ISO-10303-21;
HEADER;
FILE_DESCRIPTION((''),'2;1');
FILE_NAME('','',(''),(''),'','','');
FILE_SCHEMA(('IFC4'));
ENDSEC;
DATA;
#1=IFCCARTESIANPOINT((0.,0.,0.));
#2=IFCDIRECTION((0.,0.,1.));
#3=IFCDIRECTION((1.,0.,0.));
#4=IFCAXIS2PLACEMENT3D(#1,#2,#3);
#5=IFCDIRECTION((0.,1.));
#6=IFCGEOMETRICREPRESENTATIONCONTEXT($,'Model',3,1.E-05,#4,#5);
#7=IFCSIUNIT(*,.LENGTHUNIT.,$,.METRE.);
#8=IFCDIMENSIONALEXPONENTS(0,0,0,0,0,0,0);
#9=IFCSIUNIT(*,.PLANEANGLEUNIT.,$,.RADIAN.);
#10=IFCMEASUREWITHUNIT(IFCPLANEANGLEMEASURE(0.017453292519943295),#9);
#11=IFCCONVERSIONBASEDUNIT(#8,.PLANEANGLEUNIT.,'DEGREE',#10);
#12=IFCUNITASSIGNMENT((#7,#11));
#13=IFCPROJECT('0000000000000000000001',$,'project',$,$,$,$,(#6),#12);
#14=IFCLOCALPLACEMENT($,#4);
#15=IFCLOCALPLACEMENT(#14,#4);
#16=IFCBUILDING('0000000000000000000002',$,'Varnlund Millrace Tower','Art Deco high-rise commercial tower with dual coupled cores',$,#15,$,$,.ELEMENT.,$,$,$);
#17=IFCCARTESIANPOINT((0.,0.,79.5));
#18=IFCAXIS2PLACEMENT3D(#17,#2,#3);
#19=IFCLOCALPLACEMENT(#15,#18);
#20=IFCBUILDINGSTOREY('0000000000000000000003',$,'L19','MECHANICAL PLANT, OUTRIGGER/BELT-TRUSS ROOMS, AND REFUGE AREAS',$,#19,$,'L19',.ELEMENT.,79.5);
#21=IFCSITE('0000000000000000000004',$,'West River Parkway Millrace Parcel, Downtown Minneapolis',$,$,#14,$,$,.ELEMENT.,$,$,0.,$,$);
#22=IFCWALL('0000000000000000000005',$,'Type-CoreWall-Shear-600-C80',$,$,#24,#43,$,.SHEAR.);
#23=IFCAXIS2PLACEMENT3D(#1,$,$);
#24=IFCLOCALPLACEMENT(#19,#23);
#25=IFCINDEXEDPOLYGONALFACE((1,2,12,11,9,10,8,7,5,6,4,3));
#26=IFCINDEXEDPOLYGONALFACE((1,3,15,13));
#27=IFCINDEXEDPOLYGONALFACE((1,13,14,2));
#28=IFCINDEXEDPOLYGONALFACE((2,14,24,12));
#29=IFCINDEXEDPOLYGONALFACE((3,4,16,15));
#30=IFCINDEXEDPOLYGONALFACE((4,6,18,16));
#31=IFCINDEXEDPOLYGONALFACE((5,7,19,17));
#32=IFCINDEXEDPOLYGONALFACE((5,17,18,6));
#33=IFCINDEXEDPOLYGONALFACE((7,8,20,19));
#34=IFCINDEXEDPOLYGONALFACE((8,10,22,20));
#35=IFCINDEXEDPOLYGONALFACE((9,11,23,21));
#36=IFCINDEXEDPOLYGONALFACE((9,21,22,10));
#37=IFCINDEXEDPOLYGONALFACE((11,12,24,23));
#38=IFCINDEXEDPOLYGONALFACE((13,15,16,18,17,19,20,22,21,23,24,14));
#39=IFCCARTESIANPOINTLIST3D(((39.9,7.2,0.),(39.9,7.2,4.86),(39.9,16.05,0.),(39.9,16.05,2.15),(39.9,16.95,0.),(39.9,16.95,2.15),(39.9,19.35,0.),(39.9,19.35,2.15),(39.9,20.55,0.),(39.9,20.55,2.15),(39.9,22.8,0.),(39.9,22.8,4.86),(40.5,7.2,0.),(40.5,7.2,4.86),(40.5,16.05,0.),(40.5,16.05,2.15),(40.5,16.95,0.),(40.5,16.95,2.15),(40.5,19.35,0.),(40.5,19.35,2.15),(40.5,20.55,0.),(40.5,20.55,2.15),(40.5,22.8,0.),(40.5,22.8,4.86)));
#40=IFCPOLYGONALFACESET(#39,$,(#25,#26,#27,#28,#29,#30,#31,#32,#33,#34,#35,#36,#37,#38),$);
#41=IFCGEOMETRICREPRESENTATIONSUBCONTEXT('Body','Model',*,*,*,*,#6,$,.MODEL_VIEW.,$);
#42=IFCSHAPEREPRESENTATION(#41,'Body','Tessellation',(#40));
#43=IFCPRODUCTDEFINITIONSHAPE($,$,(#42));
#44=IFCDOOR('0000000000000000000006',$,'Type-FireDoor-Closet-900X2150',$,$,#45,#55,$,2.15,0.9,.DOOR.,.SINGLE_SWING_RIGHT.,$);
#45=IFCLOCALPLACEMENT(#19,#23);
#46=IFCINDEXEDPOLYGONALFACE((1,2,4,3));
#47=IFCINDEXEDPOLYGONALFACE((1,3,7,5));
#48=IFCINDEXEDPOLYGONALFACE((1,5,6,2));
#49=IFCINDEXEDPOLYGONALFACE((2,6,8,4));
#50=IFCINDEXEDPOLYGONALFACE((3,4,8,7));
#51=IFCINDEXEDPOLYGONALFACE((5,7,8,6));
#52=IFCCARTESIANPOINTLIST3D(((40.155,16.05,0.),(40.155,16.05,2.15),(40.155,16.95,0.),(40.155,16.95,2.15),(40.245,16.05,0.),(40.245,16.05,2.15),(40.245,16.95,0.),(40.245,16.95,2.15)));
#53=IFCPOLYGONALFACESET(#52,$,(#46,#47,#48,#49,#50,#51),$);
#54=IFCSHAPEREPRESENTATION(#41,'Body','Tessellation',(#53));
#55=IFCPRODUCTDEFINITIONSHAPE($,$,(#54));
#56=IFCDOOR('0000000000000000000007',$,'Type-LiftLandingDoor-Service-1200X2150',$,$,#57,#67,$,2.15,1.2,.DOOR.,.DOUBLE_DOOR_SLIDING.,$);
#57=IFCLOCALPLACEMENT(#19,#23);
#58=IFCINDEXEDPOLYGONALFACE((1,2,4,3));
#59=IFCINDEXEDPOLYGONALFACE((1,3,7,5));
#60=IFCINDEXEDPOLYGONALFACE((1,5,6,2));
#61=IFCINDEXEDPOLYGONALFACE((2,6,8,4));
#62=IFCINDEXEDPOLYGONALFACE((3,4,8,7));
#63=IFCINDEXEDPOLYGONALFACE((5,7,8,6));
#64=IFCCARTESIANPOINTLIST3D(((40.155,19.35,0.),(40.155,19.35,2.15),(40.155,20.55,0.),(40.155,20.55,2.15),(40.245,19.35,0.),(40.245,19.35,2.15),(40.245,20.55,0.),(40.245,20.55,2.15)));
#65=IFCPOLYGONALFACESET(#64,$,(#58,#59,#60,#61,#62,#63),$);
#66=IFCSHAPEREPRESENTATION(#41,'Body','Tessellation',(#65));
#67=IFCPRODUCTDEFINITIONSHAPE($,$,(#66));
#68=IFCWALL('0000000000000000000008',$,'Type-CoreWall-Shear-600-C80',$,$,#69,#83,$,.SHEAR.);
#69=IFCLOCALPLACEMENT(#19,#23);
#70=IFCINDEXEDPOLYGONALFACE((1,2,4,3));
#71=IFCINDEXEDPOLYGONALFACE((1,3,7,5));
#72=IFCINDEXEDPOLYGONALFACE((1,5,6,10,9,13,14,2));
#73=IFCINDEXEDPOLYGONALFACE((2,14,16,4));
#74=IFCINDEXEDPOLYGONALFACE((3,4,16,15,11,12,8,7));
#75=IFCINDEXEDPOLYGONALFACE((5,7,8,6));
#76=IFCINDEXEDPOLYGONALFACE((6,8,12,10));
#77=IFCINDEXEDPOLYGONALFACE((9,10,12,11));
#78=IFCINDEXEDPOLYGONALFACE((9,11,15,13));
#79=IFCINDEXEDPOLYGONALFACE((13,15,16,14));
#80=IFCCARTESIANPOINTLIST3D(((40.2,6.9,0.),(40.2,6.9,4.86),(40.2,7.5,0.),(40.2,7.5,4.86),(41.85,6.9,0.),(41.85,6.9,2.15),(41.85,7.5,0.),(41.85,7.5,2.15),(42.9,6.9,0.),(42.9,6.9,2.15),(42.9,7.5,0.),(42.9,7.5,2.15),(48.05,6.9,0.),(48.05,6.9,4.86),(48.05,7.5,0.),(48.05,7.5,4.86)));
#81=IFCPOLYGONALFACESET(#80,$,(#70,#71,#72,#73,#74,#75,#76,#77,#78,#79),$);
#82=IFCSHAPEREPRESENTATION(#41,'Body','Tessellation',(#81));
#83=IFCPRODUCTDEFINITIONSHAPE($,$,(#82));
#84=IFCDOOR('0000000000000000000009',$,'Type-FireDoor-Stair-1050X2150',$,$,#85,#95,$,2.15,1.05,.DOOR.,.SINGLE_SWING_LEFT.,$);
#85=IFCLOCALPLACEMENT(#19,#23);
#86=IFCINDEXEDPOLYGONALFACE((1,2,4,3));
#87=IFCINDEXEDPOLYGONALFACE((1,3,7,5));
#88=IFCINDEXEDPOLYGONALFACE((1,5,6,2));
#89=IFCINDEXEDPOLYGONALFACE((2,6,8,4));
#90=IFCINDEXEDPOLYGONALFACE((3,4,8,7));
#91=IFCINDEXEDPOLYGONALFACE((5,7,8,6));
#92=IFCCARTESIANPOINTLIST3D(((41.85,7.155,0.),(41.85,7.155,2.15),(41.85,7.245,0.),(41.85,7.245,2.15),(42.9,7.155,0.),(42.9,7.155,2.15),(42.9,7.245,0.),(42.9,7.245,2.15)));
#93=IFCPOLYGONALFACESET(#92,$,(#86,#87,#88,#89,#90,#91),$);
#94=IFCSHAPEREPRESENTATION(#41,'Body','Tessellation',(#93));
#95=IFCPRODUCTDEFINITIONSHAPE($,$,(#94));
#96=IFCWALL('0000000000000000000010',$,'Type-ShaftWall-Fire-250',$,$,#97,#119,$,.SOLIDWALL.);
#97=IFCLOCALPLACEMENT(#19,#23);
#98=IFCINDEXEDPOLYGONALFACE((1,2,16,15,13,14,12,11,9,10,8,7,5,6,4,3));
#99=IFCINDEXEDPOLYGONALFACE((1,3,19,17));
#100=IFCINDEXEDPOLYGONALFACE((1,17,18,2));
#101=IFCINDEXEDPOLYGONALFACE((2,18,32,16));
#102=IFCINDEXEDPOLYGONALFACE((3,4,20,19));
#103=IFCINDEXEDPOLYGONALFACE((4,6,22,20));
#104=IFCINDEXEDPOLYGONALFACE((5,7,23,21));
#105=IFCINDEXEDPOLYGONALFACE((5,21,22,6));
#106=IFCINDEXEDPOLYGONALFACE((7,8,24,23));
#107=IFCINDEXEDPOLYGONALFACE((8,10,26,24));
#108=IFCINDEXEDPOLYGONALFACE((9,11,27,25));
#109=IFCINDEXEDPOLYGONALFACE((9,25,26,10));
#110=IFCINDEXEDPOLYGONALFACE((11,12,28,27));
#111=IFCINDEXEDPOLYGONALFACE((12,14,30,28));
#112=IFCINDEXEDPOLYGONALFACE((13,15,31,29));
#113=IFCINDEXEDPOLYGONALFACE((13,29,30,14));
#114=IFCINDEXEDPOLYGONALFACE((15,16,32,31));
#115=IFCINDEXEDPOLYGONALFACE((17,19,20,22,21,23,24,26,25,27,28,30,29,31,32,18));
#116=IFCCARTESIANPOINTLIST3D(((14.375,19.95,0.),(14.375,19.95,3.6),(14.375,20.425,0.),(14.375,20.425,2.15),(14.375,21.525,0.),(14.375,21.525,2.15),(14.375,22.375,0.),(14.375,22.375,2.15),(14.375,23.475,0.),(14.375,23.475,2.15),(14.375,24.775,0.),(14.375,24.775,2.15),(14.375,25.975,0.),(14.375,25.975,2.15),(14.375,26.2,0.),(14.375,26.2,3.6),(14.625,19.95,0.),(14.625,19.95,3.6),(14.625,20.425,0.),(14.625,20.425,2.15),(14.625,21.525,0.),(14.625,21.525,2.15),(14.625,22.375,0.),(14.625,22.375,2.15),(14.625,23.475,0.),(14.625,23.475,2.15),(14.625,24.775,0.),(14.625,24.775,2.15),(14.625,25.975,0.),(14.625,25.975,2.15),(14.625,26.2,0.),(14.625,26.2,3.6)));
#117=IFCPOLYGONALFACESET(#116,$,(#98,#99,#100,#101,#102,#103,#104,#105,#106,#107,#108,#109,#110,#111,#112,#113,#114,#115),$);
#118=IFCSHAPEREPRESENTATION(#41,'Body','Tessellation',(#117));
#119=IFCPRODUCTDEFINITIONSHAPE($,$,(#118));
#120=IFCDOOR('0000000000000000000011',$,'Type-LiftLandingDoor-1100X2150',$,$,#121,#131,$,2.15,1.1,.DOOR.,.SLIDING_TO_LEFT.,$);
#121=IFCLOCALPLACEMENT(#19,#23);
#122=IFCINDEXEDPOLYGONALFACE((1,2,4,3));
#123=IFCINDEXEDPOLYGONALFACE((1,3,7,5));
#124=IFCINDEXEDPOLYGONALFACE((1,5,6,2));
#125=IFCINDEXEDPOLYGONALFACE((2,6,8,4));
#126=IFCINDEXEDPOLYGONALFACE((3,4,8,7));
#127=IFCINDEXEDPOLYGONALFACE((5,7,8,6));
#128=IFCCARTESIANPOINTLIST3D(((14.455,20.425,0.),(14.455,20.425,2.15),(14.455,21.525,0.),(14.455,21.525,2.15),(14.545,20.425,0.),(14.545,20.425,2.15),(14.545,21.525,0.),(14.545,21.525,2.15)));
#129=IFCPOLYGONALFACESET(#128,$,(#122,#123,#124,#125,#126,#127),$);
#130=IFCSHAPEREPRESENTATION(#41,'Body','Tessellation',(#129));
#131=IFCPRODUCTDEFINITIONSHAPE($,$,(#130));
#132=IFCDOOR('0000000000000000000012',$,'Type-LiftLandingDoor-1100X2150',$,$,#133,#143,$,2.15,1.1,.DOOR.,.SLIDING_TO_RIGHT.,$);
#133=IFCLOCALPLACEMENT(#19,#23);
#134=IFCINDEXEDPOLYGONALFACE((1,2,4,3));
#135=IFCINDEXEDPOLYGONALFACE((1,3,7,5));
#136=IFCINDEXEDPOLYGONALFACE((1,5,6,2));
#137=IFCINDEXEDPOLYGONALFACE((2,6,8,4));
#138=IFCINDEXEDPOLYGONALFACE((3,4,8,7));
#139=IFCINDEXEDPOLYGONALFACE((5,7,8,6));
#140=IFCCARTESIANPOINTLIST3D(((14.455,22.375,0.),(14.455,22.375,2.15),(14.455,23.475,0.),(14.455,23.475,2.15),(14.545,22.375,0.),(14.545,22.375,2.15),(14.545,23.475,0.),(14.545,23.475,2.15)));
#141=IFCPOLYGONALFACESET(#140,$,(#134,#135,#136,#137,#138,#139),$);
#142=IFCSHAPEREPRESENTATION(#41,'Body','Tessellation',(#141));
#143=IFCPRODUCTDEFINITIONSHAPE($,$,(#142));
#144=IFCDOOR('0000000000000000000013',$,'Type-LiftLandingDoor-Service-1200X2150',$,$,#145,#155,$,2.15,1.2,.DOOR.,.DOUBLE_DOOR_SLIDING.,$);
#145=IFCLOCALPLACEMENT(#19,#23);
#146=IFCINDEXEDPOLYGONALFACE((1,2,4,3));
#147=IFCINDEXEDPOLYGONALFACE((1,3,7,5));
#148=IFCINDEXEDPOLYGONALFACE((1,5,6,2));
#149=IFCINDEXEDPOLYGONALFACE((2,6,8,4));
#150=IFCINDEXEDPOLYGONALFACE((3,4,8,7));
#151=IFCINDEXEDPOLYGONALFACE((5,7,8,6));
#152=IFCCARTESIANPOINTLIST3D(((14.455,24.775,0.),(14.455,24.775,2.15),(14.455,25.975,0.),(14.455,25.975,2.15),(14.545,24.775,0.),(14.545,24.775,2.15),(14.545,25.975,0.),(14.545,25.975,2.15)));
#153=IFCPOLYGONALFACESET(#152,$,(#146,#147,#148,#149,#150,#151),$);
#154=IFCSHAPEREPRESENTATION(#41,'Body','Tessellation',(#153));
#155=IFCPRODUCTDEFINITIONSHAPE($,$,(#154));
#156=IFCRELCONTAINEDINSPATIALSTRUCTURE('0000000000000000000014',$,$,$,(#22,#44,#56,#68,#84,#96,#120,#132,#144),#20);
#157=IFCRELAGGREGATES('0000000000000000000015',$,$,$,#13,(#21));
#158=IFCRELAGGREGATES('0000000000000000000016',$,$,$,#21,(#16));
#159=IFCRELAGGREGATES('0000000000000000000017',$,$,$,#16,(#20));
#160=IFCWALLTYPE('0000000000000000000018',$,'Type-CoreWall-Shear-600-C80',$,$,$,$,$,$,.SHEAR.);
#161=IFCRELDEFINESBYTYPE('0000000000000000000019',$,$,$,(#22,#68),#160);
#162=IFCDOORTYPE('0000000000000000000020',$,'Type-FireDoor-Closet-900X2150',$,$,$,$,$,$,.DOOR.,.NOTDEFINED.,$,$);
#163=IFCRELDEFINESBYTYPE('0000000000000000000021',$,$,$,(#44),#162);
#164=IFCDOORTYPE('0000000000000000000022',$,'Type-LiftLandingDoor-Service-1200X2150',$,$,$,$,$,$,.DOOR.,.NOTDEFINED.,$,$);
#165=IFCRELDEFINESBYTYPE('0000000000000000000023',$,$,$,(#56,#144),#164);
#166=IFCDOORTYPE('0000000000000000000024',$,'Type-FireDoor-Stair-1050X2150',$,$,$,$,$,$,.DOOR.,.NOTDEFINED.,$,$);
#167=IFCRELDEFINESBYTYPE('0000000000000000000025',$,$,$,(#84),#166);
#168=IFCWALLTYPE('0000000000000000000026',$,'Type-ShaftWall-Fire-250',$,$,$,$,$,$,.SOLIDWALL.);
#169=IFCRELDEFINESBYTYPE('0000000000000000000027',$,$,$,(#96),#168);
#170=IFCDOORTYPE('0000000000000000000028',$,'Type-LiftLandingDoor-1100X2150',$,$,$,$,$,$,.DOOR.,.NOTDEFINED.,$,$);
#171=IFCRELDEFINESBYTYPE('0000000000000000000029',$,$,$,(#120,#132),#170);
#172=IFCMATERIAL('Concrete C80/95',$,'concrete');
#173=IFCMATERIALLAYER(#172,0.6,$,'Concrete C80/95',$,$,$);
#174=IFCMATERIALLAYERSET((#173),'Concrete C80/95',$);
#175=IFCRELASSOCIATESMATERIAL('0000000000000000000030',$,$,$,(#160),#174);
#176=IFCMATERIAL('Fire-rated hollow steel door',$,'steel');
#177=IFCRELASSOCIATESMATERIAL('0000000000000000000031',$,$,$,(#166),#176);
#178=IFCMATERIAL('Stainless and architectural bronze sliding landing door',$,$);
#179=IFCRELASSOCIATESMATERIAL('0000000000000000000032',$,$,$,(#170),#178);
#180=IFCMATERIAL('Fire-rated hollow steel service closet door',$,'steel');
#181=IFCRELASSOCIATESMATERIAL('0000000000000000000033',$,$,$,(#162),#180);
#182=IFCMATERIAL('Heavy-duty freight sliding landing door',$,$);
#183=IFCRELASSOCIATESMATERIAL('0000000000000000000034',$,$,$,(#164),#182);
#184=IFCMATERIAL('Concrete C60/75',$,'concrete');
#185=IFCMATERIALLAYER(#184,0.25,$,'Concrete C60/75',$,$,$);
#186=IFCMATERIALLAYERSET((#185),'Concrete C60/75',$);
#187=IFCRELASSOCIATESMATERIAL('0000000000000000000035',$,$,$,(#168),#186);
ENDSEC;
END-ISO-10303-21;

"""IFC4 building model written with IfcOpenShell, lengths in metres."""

from ifc_helpers import new_model, entity, si_unit, converted_unit, direction, frame, origin_with_axes, origin_2d_with_axis, place, context, subcontext, project, spatial, polyline, rectangle, outline, extrude, material, layer, layer_set, type_object, element, fill, save


model = new_model("IFC4")

# Units and contexts
model_context = context("Model", 3, precision=1e-05, world=origin_with_axes(), true_north=direction((0.0, 1.0)))
body_context = subcontext(model_context, "Body", "Model", "MODEL_VIEW")
ifc_project = project(units=[si_unit("LENGTHUNIT", "METRE"), converted_unit("PLANEANGLEUNIT", "DEGREE", entity("IfcPlaneAngleMeasure", 0.017453292519943295), si_unit("PLANEANGLEUNIT", "RADIAN"), dimensions=[0, 0, 0, 0, 0, 0, 0])], contexts=[model_context])

# Site, building, storey
site_placement = place(None, origin_with_axes())
site = spatial("IfcSite", under=ifc_project, at=site_placement, Name="West River Parkway Millrace Parcel, Downtown Minneapolis", CompositionType="ELEMENT", RefElevation=0.0)
building_placement = place(site_placement, origin_with_axes())
building = spatial("IfcBuilding", under=site, at=building_placement, Name="Varnlund Millrace Tower", Description="Art Deco high-rise commercial tower with dual coupled cores", CompositionType="ELEMENT")
storey_placement = place(building_placement, frame((0.0, 0.0, 79.5), z_axis=(0.0, 0.0, 1.0), x_axis=(1.0, 0.0, 0.0)))
storey = spatial("IfcBuildingStorey", under=building, at=storey_placement, Name="L19", Description="MECHANICAL PLANT, OUTRIGGER/BELT-TRUSS ROOMS, AND REFUGE AREAS", LongName="L19", CompositionType="ELEMENT", Elevation=79.5)

# Shared definitions
ifc_material_1 = material(Name="Concrete C80/95", Category="concrete")
ifc_layer_1 = layer(ifc_material_1, 0.6, Name="Concrete C80/95")
ifc_layer_set_1 = layer_set([ifc_layer_1], Name="Concrete C80/95")
wall_type_1 = type_object("IfcWallType", Name="Type-CoreWall-Shear-600-C80", PredefinedType="SHEAR", material=ifc_layer_set_1)

# Shared definitions
ifc_material_2 = material(Name="Fire-rated hollow steel door", Category="steel")
door_type_1 = type_object("IfcDoorType", Name="Type-FireDoor-Stair-1050X2150", OperationType="NOTDEFINED", PredefinedType="DOOR", material=ifc_material_2)

# Wall, openings, doors
ifc_material_3 = material(Name="Stainless and architectural bronze sliding landing door")
door_type_2 = type_object("IfcDoorType", Name="Type-LiftLandingDoor-1100X2150", OperationType="NOTDEFINED", PredefinedType="DOOR", material=ifc_material_3)
wall_1_placement = place(storey_placement, frame((40.2, 7.2, 0.0), z_axis=(0.0, 0.0, 1.0), x_axis=(0.0, 1.0, 0.0)))
wall_1 = element("IfcWall", 1, at=wall_1_placement, inside=storey, type_object=wall_type_1, Name="Type-CoreWall-Shear-600-C80", PredefinedType="SHEAR", context=body_context, shape_type="SweptSolid", body=[
    extrude(outline(polyline([(0.0, -0.3), (15.6, -0.3), (15.6, 0.3), (0.0, 0.3), (0.0, -0.3)])), origin_with_axes(), (0.0, 0.0, 1.0), 4.86),
])
opening_1_placement = place(wall_1_placement, frame((12.75, 0.0, 0.0), z_axis=(0.0, 0.0, 1.0), x_axis=(1.0, 0.0, 0.0)))
opening_1 = element("IfcOpeningElement", 2, at=opening_1_placement, cuts=wall_1, PredefinedType="OPENING", context=body_context, shape_type="SweptSolid", body=[
    extrude(rectangle(XDim=1.2, YDim=0.62, at=origin_2d_with_axis()), origin_with_axes(), (0.0, 0.0, 1.0), 2.15),
])
opening_2_placement = place(wall_1_placement, frame((9.3, 0.0, 0.0), z_axis=(0.0, 0.0, 1.0), x_axis=(1.0, 0.0, 0.0)))
opening_2 = element("IfcOpeningElement", 3, at=opening_2_placement, cuts=wall_1, PredefinedType="OPENING", context=body_context, shape_type="SweptSolid", body=[
    extrude(rectangle(XDim=0.9, YDim=0.62, at=origin_2d_with_axis()), origin_with_axes(), (0.0, 0.0, 1.0), 2.15),
])
ifc_material_4 = material(Name="Fire-rated hollow steel service closet door", Category="steel")
door_type_3 = type_object("IfcDoorType", Name="Type-FireDoor-Closet-900X2150", OperationType="NOTDEFINED", PredefinedType="DOOR", material=ifc_material_4)
door_1_placement = place(wall_1_placement, frame((9.3, 0.0, 0.0), z_axis=(0.0, 0.0, 1.0), x_axis=(1.0, 0.0, 0.0)))
door_1 = element("IfcDoor", 4, at=door_1_placement, inside=storey, type_object=door_type_3, Name="Type-FireDoor-Closet-900X2150", OperationType="SINGLE_SWING_RIGHT", OverallHeight=2.15, OverallWidth=0.9, PredefinedType="DOOR", context=body_context, shape_type="SweptSolid", body=[
    extrude(rectangle(XDim=0.9, YDim=0.09, at=origin_2d_with_axis()), origin_with_axes(), (0.0, 0.0, 1.0), 2.15),
])
fill(opening_2, door_1)
ifc_material_5 = material(Name="Heavy-duty freight sliding landing door")
door_type_4 = type_object("IfcDoorType", Name="Type-LiftLandingDoor-Service-1200X2150", OperationType="NOTDEFINED", PredefinedType="DOOR", material=ifc_material_5)
door_2_placement = place(wall_1_placement, frame((12.75, 0.0, 0.0), z_axis=(0.0, 0.0, 1.0), x_axis=(1.0, 0.0, 0.0)))
door_2 = element("IfcDoor", 5, at=door_2_placement, inside=storey, type_object=door_type_4, Name="Type-LiftLandingDoor-Service-1200X2150", OperationType="DOUBLE_DOOR_SLIDING", OverallHeight=2.15, OverallWidth=1.2, PredefinedType="DOOR", context=body_context, shape_type="SweptSolid", body=[
    extrude(rectangle(XDim=1.2, YDim=0.09, at=origin_2d_with_axis()), origin_with_axes(), (0.0, 0.0, 1.0), 2.15),
])
fill(opening_1, door_2)

# Wall, opening, door
wall_2_placement = place(storey_placement, frame((40.2, 7.2, 0.0), z_axis=(0.0, 0.0, 1.0), x_axis=(1.0, 0.0, 0.0)))
wall_2 = element("IfcWall", 6, at=wall_2_placement, inside=storey, type_object=wall_type_1, Name="Type-CoreWall-Shear-600-C80", PredefinedType="SHEAR", context=body_context, shape_type="SweptSolid", body=[
    extrude(outline(polyline([(0.0, -0.3), (7.85, -0.3), (7.85, 0.3), (0.0, 0.3), (0.0, -0.3)])), origin_with_axes(), (0.0, 0.0, 1.0), 4.86),
])
opening_3_placement = place(wall_2_placement, frame((2.175, 0.0, 0.0), z_axis=(0.0, 0.0, 1.0), x_axis=(1.0, 0.0, 0.0)))
opening_3 = element("IfcOpeningElement", 7, at=opening_3_placement, cuts=wall_2, PredefinedType="OPENING", context=body_context, shape_type="SweptSolid", body=[
    extrude(rectangle(XDim=1.05, YDim=0.62, at=origin_2d_with_axis()), origin_with_axes(), (0.0, 0.0, 1.0), 2.15),
])
door_3_placement = place(wall_2_placement, frame((2.175, 0.0, 0.0), z_axis=(0.0, 0.0, 1.0), x_axis=(1.0, 0.0, 0.0)))
door_3 = element("IfcDoor", 8, at=door_3_placement, inside=storey, type_object=door_type_1, Name="Type-FireDoor-Stair-1050X2150", OperationType="SINGLE_SWING_LEFT", OverallHeight=2.15, OverallWidth=1.05, PredefinedType="DOOR", context=body_context, shape_type="SweptSolid", body=[
    extrude(rectangle(XDim=1.05, YDim=0.09, at=origin_2d_with_axis()), origin_with_axes(), (0.0, 0.0, 1.0), 2.15),
])
fill(opening_3, door_3)

# Wall, openings, doors
ifc_material_6 = material(Name="Concrete C60/75", Category="concrete")
ifc_layer_2 = layer(ifc_material_6, 0.25, Name="Concrete C60/75")
ifc_layer_set_2 = layer_set([ifc_layer_2], Name="Concrete C60/75")
wall_type_2 = type_object("IfcWallType", Name="Type-ShaftWall-Fire-250", PredefinedType="SOLIDWALL", material=ifc_layer_set_2)
wall_3_placement = place(storey_placement, frame((14.5, 19.95, 0.0), z_axis=(0.0, 0.0, 1.0), x_axis=(0.0, 1.0, 0.0)))
wall_3 = element("IfcWall", 9, at=wall_3_placement, inside=storey, type_object=wall_type_2, Name="Type-ShaftWall-Fire-250", PredefinedType="SOLIDWALL", context=body_context, shape_type="SweptSolid", body=[
    extrude(outline(polyline([(0.0, -0.125), (6.25, -0.125), (6.25, 0.125), (0.0, 0.125), (0.0, -0.125)])), origin_with_axes(), (0.0, 0.0, 1.0), 3.6),
])
opening_4_placement = place(wall_3_placement, frame((1.025, 0.0, 0.0), z_axis=(0.0, 0.0, 1.0), x_axis=(1.0, 0.0, 0.0)))
opening_4 = element("IfcOpeningElement", 10, at=opening_4_placement, cuts=wall_3, PredefinedType="OPENING", context=body_context, shape_type="SweptSolid", body=[
    extrude(rectangle(XDim=1.1, YDim=0.27, at=origin_2d_with_axis()), origin_with_axes(), (0.0, 0.0, 1.0), 2.15),
])
opening_5_placement = place(wall_3_placement, frame((2.975, 0.0, 0.0), z_axis=(0.0, 0.0, 1.0), x_axis=(1.0, 0.0, 0.0)))
opening_5 = element("IfcOpeningElement", 11, at=opening_5_placement, cuts=wall_3, PredefinedType="OPENING", context=body_context, shape_type="SweptSolid", body=[
    extrude(rectangle(XDim=1.1, YDim=0.27, at=origin_2d_with_axis()), origin_with_axes(), (0.0, 0.0, 1.0), 2.15),
])
opening_6_placement = place(wall_3_placement, frame((5.425, 0.0, 0.0), z_axis=(0.0, 0.0, 1.0), x_axis=(1.0, 0.0, 0.0)))
opening_6 = element("IfcOpeningElement", 12, at=opening_6_placement, cuts=wall_3, PredefinedType="OPENING", context=body_context, shape_type="SweptSolid", body=[
    extrude(rectangle(XDim=1.2, YDim=0.27, at=origin_2d_with_axis()), origin_with_axes(), (0.0, 0.0, 1.0), 2.15),
])
door_4_placement = place(wall_3_placement, frame((1.025, 0.0, 0.0), z_axis=(0.0, 0.0, 1.0), x_axis=(1.0, 0.0, 0.0)))
door_4 = element("IfcDoor", 13, at=door_4_placement, inside=storey, type_object=door_type_2, Name="Type-LiftLandingDoor-1100X2150", OperationType="SLIDING_TO_LEFT", OverallHeight=2.15, OverallWidth=1.1, PredefinedType="DOOR", context=body_context, shape_type="SweptSolid", body=[
    extrude(rectangle(XDim=1.1, YDim=0.09, at=origin_2d_with_axis()), origin_with_axes(), (0.0, 0.0, 1.0), 2.15),
])
fill(opening_4, door_4)
door_5_placement = place(wall_3_placement, frame((2.975, 0.0, 0.0), z_axis=(0.0, 0.0, 1.0), x_axis=(1.0, 0.0, 0.0)))
door_5 = element("IfcDoor", 14, at=door_5_placement, inside=storey, type_object=door_type_2, Name="Type-LiftLandingDoor-1100X2150", OperationType="SLIDING_TO_RIGHT", OverallHeight=2.15, OverallWidth=1.1, PredefinedType="DOOR", context=body_context, shape_type="SweptSolid", body=[
    extrude(rectangle(XDim=1.1, YDim=0.09, at=origin_2d_with_axis()), origin_with_axes(), (0.0, 0.0, 1.0), 2.15),
])
fill(opening_5, door_5)
door_6_placement = place(wall_3_placement, frame((5.425, 0.0, 0.0), z_axis=(0.0, 0.0, 1.0), x_axis=(1.0, 0.0, 0.0)))
door_6 = element("IfcDoor", 15, at=door_6_placement, inside=storey, type_object=door_type_4, Name="Type-LiftLandingDoor-Service-1200X2150", OperationType="DOUBLE_DOOR_SLIDING", OverallHeight=2.15, OverallWidth=1.2, PredefinedType="DOOR", context=body_context, shape_type="SweptSolid", body=[
    extrude(rectangle(XDim=1.2, YDim=0.09, at=origin_2d_with_axis()), origin_with_axes(), (0.0, 0.0, 1.0), 2.15),
])
fill(opening_6, door_6)

save(model, "model.ifc")
